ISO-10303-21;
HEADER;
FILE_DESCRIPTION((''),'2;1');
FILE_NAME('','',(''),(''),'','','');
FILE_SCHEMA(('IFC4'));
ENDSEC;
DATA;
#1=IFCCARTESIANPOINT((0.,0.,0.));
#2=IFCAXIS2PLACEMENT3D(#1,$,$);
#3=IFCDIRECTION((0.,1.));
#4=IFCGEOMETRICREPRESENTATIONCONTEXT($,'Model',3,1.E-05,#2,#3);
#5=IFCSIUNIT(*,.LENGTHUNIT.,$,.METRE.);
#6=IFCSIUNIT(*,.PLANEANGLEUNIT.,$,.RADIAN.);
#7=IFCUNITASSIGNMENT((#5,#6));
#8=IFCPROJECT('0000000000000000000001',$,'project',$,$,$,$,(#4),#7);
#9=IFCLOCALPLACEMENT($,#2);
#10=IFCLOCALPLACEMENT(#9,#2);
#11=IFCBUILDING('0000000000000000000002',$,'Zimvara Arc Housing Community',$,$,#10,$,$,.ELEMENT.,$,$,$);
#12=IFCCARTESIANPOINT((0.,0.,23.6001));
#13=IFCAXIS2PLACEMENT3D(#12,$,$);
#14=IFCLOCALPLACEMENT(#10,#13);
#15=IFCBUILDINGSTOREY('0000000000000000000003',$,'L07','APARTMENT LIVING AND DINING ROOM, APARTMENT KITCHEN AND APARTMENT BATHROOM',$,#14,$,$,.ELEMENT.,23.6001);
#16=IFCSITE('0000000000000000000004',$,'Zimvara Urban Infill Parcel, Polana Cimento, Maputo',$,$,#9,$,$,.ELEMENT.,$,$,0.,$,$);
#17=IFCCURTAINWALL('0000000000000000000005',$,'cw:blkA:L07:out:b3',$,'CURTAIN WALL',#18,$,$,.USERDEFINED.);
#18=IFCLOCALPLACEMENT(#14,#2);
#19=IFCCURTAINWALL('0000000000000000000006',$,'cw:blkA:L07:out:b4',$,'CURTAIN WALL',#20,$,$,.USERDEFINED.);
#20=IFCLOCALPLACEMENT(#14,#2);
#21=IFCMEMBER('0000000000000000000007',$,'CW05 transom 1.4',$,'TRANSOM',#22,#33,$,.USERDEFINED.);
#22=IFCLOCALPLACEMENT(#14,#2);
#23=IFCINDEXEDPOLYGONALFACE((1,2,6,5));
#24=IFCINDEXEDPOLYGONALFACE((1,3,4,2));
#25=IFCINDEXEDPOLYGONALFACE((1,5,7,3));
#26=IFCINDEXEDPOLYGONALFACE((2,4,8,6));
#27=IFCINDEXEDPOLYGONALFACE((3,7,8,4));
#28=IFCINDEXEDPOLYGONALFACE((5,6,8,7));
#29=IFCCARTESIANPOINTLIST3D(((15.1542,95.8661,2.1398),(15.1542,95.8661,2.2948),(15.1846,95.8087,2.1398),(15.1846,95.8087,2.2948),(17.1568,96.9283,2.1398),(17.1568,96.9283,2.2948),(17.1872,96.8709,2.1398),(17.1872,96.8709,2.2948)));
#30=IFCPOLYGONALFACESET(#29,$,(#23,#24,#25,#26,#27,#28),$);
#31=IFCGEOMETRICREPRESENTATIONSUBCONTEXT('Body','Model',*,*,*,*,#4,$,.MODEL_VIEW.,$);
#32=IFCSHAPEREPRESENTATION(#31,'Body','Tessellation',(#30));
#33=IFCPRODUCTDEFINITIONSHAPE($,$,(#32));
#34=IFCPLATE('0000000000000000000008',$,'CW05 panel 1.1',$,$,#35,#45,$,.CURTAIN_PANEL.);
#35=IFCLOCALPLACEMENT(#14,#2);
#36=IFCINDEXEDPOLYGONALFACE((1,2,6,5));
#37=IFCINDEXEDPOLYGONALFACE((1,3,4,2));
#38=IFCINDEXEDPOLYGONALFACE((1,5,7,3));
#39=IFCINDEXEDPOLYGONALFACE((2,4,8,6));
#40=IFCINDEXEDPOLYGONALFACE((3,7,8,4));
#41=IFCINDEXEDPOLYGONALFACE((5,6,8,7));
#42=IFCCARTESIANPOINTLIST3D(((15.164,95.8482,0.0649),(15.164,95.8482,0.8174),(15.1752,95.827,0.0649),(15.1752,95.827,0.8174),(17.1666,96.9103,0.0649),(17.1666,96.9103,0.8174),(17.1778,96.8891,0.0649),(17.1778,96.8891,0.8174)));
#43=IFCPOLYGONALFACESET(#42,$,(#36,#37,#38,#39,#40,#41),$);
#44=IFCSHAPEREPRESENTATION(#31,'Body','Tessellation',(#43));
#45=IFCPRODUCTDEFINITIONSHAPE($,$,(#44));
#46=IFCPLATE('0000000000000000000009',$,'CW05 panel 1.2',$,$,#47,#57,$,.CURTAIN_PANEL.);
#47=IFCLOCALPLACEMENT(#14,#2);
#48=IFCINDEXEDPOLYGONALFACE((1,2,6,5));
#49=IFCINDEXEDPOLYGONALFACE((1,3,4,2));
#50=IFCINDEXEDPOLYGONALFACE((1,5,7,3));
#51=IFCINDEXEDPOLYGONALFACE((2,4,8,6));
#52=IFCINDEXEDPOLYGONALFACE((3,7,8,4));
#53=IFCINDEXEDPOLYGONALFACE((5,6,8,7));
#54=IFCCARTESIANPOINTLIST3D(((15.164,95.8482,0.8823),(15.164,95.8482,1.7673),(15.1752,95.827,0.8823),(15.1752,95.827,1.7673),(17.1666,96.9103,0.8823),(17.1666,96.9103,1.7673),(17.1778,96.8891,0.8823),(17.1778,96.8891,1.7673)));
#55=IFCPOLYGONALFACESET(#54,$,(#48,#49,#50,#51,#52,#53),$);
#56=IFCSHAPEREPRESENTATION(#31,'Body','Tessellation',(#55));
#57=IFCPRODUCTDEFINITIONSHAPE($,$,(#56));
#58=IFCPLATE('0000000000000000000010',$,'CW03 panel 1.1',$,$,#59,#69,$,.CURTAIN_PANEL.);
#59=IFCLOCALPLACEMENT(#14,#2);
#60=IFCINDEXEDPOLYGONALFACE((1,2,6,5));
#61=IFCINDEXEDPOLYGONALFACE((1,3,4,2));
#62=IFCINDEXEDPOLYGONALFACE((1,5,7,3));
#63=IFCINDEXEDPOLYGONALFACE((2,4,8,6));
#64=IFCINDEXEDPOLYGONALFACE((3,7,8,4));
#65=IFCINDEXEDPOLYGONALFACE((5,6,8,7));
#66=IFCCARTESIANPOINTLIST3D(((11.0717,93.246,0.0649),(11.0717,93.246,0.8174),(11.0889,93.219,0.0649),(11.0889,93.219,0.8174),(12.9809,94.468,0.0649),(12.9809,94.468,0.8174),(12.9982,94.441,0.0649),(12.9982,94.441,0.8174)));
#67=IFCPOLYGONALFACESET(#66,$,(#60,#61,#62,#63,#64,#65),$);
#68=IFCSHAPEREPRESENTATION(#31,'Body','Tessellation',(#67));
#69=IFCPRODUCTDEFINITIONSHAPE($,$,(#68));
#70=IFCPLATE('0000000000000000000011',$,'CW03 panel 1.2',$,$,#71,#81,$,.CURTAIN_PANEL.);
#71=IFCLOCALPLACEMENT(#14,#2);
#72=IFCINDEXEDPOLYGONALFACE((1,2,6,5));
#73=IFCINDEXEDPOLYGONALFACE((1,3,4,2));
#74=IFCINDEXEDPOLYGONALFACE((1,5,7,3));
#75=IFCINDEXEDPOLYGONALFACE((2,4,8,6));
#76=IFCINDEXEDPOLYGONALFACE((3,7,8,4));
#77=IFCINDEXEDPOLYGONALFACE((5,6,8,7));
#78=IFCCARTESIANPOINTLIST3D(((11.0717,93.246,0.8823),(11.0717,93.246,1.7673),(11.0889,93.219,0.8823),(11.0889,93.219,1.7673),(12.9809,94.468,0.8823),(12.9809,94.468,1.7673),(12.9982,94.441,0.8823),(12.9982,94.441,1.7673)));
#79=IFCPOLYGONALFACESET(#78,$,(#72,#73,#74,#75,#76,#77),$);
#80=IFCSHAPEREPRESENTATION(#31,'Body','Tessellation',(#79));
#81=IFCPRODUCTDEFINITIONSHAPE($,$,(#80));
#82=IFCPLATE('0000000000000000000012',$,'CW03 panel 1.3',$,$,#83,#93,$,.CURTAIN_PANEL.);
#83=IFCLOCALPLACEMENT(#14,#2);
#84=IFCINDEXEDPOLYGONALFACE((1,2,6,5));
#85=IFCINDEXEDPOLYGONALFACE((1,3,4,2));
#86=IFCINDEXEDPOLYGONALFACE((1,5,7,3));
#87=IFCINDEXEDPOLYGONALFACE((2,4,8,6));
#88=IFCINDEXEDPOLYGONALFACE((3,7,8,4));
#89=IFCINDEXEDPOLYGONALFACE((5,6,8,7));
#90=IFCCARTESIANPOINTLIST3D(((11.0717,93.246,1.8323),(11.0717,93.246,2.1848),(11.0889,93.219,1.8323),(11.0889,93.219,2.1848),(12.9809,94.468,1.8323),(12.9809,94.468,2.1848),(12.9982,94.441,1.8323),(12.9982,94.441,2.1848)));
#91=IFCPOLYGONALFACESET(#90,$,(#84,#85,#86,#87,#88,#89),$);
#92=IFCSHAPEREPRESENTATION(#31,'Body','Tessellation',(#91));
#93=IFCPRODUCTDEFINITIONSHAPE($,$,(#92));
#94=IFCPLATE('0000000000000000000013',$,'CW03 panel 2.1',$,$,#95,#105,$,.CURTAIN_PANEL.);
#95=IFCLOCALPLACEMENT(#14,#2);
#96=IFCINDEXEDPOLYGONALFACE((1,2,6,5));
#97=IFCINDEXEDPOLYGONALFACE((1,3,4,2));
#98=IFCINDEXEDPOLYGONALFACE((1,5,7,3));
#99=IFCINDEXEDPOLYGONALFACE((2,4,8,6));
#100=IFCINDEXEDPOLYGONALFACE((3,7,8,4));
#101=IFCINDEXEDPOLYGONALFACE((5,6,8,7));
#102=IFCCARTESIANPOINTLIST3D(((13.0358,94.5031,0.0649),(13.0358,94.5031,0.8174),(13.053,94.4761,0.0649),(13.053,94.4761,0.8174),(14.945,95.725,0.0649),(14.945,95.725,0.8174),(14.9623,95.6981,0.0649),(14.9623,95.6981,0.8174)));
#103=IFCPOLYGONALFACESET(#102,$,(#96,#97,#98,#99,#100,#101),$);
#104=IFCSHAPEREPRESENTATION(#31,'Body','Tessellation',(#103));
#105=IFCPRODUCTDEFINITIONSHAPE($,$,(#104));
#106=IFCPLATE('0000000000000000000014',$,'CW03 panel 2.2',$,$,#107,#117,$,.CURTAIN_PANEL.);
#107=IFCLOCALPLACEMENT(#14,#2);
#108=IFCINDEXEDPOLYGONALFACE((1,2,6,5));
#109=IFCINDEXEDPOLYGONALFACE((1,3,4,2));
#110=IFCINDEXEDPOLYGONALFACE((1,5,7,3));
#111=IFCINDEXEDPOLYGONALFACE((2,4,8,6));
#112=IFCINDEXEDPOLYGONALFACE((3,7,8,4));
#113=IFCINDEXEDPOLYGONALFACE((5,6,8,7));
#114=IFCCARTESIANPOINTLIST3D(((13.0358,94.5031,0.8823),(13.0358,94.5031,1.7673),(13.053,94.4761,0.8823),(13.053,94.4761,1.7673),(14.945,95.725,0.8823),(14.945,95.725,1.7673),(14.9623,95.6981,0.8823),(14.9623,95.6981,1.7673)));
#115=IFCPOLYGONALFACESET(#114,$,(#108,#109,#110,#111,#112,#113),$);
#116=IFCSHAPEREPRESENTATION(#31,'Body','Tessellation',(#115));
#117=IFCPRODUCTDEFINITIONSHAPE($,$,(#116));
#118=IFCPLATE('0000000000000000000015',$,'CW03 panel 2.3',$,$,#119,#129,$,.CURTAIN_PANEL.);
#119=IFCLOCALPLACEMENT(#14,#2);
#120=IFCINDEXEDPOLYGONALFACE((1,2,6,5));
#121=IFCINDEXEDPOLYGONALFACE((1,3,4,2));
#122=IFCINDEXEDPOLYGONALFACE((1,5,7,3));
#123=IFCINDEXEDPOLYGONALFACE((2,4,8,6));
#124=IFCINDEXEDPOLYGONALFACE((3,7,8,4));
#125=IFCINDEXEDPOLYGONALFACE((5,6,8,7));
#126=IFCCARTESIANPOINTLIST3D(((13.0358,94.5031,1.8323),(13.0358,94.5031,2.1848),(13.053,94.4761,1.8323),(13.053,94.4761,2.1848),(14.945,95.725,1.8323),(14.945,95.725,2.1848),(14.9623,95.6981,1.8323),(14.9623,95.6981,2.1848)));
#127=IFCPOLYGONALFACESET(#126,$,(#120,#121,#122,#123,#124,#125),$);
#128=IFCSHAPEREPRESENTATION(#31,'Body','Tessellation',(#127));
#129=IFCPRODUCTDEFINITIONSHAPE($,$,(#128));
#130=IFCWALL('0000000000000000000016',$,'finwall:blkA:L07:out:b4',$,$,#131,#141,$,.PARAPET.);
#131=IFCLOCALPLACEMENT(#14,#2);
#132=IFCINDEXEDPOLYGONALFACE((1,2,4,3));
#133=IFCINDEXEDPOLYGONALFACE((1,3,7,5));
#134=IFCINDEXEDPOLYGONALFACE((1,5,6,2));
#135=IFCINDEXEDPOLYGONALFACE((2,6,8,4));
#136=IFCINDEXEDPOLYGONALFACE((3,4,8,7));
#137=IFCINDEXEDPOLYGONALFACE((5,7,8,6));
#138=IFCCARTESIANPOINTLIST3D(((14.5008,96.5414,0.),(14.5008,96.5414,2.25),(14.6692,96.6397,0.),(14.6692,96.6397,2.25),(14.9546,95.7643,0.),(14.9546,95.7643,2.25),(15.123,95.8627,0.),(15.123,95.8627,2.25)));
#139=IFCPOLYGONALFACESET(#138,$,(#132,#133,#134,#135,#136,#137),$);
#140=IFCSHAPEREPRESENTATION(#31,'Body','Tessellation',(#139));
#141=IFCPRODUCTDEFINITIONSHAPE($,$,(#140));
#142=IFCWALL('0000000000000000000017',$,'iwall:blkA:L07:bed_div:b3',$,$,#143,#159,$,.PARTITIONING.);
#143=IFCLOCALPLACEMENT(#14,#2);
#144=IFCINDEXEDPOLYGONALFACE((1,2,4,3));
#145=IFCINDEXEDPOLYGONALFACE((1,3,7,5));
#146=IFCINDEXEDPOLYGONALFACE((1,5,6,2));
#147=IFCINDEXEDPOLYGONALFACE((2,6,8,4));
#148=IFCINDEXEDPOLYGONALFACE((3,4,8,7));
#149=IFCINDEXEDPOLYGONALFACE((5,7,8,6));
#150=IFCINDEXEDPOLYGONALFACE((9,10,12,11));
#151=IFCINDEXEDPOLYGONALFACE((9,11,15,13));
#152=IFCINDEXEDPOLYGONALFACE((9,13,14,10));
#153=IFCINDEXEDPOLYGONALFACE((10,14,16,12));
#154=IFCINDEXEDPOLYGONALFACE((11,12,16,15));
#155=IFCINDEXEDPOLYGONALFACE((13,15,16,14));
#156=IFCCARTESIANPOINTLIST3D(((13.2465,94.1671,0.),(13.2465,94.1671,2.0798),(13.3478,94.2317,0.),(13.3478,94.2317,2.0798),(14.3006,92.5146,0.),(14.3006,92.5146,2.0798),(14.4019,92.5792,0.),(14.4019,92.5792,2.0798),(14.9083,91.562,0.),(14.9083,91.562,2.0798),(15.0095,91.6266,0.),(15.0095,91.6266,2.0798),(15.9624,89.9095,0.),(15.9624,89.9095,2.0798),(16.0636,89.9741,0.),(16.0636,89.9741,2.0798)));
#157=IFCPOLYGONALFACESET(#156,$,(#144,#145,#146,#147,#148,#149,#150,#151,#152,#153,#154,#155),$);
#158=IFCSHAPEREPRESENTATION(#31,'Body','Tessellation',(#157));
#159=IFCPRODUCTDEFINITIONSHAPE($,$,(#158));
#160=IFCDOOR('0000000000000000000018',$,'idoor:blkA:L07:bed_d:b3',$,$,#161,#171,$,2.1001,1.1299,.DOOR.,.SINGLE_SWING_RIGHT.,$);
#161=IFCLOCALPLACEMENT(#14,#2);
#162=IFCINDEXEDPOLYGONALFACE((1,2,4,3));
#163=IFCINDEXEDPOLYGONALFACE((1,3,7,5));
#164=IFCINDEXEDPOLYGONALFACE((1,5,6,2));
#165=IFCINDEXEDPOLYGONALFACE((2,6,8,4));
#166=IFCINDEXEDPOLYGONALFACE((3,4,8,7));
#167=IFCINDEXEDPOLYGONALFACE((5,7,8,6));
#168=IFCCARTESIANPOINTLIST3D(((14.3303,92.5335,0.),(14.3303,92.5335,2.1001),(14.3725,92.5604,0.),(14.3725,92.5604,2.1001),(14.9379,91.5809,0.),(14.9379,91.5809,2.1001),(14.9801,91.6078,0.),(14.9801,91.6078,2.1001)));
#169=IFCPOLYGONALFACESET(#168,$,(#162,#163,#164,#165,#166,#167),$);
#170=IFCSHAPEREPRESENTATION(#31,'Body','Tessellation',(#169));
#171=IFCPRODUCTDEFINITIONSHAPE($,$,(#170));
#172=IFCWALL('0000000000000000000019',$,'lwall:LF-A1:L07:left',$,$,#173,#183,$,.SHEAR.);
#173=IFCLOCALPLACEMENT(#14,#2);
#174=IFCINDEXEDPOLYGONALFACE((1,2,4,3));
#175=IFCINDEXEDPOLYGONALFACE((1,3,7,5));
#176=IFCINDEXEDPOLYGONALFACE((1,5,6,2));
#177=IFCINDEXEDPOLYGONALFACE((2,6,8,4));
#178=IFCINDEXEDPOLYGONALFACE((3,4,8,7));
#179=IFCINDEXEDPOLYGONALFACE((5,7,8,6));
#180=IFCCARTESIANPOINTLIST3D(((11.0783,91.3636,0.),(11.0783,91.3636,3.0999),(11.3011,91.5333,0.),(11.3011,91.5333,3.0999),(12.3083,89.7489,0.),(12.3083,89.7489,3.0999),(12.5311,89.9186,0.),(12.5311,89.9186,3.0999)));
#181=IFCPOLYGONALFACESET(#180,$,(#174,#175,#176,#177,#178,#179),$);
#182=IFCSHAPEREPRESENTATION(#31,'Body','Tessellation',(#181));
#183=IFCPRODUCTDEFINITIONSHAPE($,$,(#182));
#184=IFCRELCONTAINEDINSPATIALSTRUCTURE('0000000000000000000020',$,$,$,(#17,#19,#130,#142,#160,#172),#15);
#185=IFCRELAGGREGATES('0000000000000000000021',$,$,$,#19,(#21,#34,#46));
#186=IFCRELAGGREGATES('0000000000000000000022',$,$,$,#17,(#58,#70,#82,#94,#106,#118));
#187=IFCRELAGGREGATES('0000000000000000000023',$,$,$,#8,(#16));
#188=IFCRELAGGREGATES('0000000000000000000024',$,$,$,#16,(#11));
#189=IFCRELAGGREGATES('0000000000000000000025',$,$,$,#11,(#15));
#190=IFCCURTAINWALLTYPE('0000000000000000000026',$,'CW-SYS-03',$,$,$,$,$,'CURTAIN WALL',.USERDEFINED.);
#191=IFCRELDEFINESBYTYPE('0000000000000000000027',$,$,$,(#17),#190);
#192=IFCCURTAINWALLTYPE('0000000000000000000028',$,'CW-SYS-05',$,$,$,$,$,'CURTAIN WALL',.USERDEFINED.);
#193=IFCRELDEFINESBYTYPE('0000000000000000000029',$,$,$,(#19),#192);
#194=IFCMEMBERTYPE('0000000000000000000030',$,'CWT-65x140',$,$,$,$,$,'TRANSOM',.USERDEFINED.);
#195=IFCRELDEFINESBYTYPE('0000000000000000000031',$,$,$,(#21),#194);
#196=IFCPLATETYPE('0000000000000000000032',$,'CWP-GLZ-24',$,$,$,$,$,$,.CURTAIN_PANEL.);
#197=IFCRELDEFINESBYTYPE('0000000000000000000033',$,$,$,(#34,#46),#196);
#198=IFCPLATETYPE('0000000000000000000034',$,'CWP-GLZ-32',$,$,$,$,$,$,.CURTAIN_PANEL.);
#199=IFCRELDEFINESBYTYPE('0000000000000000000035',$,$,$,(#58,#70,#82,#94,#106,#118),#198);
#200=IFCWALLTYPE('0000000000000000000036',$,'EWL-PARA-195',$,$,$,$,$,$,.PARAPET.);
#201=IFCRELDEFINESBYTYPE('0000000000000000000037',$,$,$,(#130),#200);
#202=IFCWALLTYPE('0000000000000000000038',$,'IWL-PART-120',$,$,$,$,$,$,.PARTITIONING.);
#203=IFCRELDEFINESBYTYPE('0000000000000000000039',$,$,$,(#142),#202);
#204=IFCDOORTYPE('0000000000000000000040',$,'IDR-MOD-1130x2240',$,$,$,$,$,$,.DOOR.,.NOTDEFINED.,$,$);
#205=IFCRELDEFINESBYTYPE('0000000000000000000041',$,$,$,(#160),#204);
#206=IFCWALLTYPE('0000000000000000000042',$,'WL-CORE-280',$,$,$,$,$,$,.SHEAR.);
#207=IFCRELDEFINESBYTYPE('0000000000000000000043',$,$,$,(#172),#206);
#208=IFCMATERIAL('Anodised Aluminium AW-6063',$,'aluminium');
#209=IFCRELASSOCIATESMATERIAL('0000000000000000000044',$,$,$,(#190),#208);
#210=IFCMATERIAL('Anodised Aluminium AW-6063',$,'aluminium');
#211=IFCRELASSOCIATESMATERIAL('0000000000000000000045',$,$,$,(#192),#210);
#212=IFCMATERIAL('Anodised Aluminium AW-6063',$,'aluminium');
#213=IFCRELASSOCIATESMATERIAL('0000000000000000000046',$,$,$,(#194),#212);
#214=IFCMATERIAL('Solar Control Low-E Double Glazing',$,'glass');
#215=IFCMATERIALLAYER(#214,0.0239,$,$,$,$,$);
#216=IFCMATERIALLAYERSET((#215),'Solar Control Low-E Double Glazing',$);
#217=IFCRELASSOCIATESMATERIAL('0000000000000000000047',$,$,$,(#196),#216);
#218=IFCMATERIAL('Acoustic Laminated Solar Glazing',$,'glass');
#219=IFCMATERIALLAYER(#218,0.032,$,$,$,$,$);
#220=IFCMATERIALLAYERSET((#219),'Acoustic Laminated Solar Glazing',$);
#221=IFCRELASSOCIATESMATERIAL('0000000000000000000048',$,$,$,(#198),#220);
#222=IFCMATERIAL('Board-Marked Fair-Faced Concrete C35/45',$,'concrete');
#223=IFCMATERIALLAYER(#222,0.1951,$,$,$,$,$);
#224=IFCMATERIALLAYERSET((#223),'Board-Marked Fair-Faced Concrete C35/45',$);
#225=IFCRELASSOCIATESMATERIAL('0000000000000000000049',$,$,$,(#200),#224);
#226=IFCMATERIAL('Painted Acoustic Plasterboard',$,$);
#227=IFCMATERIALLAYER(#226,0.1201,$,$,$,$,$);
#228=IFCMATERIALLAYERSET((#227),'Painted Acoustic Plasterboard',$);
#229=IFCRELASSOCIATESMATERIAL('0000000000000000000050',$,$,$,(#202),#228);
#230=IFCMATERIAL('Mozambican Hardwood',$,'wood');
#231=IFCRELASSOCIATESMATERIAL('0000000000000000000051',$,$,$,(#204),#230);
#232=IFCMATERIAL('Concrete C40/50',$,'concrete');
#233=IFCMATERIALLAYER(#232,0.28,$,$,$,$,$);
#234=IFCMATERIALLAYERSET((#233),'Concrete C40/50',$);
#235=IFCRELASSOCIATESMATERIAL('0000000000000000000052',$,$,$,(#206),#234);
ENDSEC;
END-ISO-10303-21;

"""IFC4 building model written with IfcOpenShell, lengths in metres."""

from ifc_helpers import new_model, si_unit, direction, frame, frame_2d, origin, origin_2d, place, context, subcontext, project, spatial, rectangle, extrude, material, layer, layer_set, material_profile, profile_set, type_object, element, fill, aggregate, save


model = new_model("IFC4")

# Units and contexts
model_context = context("Model", 3, precision=1e-05, world=origin(), true_north=direction((0.0, 1.0)))
body_context = subcontext(model_context, "Body", "Model", "MODEL_VIEW")
ifc_project = project(units=[si_unit("LENGTHUNIT", "METRE"), si_unit("PLANEANGLEUNIT", "RADIAN")], contexts=[model_context])

# Site, building, storey
site_placement = place(None, origin())
site = spatial("IfcSite", under=ifc_project, at=site_placement, Name="Zimvara Urban Infill Parcel, Polana Cimento, Maputo", CompositionType="ELEMENT", RefElevation=0.0)
building_placement = place(site_placement, origin())
building = spatial("IfcBuilding", under=site, at=building_placement, Name="Zimvara Arc Housing Community", CompositionType="ELEMENT")
storey_placement = place(building_placement, frame((0.0, 0.0, 23.6001)))
storey = spatial("IfcBuildingStorey", under=building, at=storey_placement, Name="L07", Description="APARTMENT LIVING AND DINING ROOM, APARTMENT KITCHEN AND APARTMENT BATHROOM", CompositionType="ELEMENT", Elevation=23.6001)

# Curtain wall
ifc_material_1 = material(Name="Anodised Aluminium AW-6063", Category="aluminium")
curtain_wall_type_1 = type_object("IfcCurtainWallType", Name="CW-SYS-03", ElementType="CURTAIN WALL", PredefinedType="USERDEFINED", material=ifc_material_1)
curtain_wall_1_placement = place(storey_placement, origin())
curtain_wall_1 = element("IfcCurtainWall", 1, at=curtain_wall_1_placement, inside=storey, type_object=curtain_wall_type_1, Name="cw:blkA:L07:out:b3", ObjectType="CURTAIN WALL", PredefinedType="USERDEFINED")

# Curtain wall
ifc_material_2 = material(Name="Anodised Aluminium AW-6063", Category="aluminium")
curtain_wall_type_2 = type_object("IfcCurtainWallType", Name="CW-SYS-05", ElementType="CURTAIN WALL", PredefinedType="USERDEFINED", material=ifc_material_2)
curtain_wall_2_placement = place(storey_placement, origin())
curtain_wall_2 = element("IfcCurtainWall", 2, at=curtain_wall_2_placement, inside=storey, type_object=curtain_wall_type_2, Name="cw:blkA:L07:out:b4", ObjectType="CURTAIN WALL", PredefinedType="USERDEFINED")

# Member
ifc_material_3 = material(Name="Anodised Aluminium AW-6063", Category="aluminium")
ifc_material_profile_1 = material_profile(ifc_material_3, rectangle(XDim=0.0649, YDim=0.155, at=origin_2d()), Name="ALU 65x155")
ifc_profile_set_1 = profile_set([ifc_material_profile_1], Name="Anodised Aluminium AW-6063")
member_type_1 = type_object("IfcMemberType", Name="CWT-65x140", ElementType="TRANSOM", PredefinedType="USERDEFINED", material=ifc_profile_set_1)
member_1_placement = place(storey_placement, frame((15.1694, 95.8374, 2.2173), z_axis=(0.883421, 0.46858, 0.0), x_axis=(-0.46858, 0.883421, 0.0)))
member_1 = element("IfcMember", 3, at=member_1_placement, type_object=member_type_1, Name="CW05 transom 1.4", ObjectType="TRANSOM", PredefinedType="USERDEFINED", context=body_context, shape_type="SweptSolid", body=[
    extrude(rectangle(XDim=0.0649, YDim=0.155, at=origin_2d()), origin(), (0.0, 0.0, 1.0), 2.2668),
])

# Plates
ifc_material_4 = material(Name="Solar Control Low-E Double Glazing", Category="glass")
ifc_layer_1 = layer(ifc_material_4, 0.0239)
ifc_layer_set_1 = layer_set([ifc_layer_1], Name="Solar Control Low-E Double Glazing")
plate_type_1 = type_object("IfcPlateType", Name="CWP-GLZ-24", PredefinedType="CURTAIN_PANEL", material=ifc_layer_set_1)
plate_1_placement = place(storey_placement, frame((16.1709, 96.3687, 0.0649), z_axis=(0.0, 0.0, 1.0), x_axis=(0.883439, 0.468547, 0.0)))
plate_1 = element("IfcPlate", 4, at=plate_1_placement, type_object=plate_type_1, Name="CW05 panel 1.1", PredefinedType="CURTAIN_PANEL", context=body_context, shape_type="SweptSolid", body=[
    extrude(rectangle(XDim=2.2668, YDim=0.0239, at=origin_2d()), origin(), (0.0, 0.0, 1.0), 0.7524),
])
plate_2_placement = place(storey_placement, frame((16.1709, 96.3687, 0.8823), z_axis=(0.0, 0.0, 1.0), x_axis=(0.883439, 0.468547, 0.0)))
plate_2 = element("IfcPlate", 5, at=plate_2_placement, type_object=plate_type_1, Name="CW05 panel 1.2", PredefinedType="CURTAIN_PANEL", context=body_context, shape_type="SweptSolid", body=[
    extrude(rectangle(XDim=2.2668, YDim=0.0239, at=origin_2d()), origin(), (0.0, 0.0, 1.0), 0.885),
])
aggregate(curtain_wall_2, [member_1, plate_1, plate_2])
ifc_material_5 = material(Name="Acoustic Laminated Solar Glazing", Category="glass")
ifc_layer_2 = layer(ifc_material_5, 0.032)
ifc_layer_set_2 = layer_set([ifc_layer_2], Name="Acoustic Laminated Solar Glazing")
plate_type_2 = type_object("IfcPlateType", Name="CWP-GLZ-32", PredefinedType="CURTAIN_PANEL", material=ifc_layer_set_2)
plate_3_placement = place(storey_placement, frame((12.0349, 93.8435, 0.0649), z_axis=(0.0, 0.0, 1.0), x_axis=(0.842264, 0.539065, 0.0)))
plate_3 = element("IfcPlate", 6, at=plate_3_placement, type_object=plate_type_2, Name="CW03 panel 1.1", PredefinedType="CURTAIN_PANEL", context=body_context, shape_type="SweptSolid", body=[
    extrude(rectangle(XDim=2.2668, YDim=0.032, at=origin_2d()), origin(), (0.0, 0.0, 1.0), 0.7524),
])
plate_4_placement = place(storey_placement, frame((12.0349, 93.8435, 0.8823), z_axis=(0.0, 0.0, 1.0), x_axis=(0.842264, 0.539065, 0.0)))
plate_4 = element("IfcPlate", 7, at=plate_4_placement, type_object=plate_type_2, Name="CW03 panel 1.2", PredefinedType="CURTAIN_PANEL", context=body_context, shape_type="SweptSolid", body=[
    extrude(rectangle(XDim=2.2668, YDim=0.032, at=origin_2d()), origin(), (0.0, 0.0, 1.0), 0.885),
])
plate_5_placement = place(storey_placement, frame((12.0349, 93.8435, 1.8323), z_axis=(0.0, 0.0, 1.0), x_axis=(0.842264, 0.539065, 0.0)))
plate_5 = element("IfcPlate", 8, at=plate_5_placement, type_object=plate_type_2, Name="CW03 panel 1.3", PredefinedType="CURTAIN_PANEL", context=body_context, shape_type="SweptSolid", body=[
    extrude(rectangle(XDim=2.2668, YDim=0.032, at=origin_2d()), origin(), (0.0, 0.0, 1.0), 0.3525),
])
plate_6_placement = place(storey_placement, frame((13.999, 95.1006, 0.0649), z_axis=(0.0, 0.0, 1.0), x_axis=(0.842264, 0.539065, 0.0)))
plate_6 = element("IfcPlate", 9, at=plate_6_placement, type_object=plate_type_2, Name="CW03 panel 2.1", PredefinedType="CURTAIN_PANEL", context=body_context, shape_type="SweptSolid", body=[
    extrude(rectangle(XDim=2.2668, YDim=0.032, at=origin_2d()), origin(), (0.0, 0.0, 1.0), 0.7524),
])
plate_7_placement = place(storey_placement, frame((13.999, 95.1006, 0.8823), z_axis=(0.0, 0.0, 1.0), x_axis=(0.842264, 0.539065, 0.0)))
plate_7 = element("IfcPlate", 10, at=plate_7_placement, type_object=plate_type_2, Name="CW03 panel 2.2", PredefinedType="CURTAIN_PANEL", context=body_context, shape_type="SweptSolid", body=[
    extrude(rectangle(XDim=2.2668, YDim=0.032, at=origin_2d()), origin(), (0.0, 0.0, 1.0), 0.885),
])
plate_8_placement = place(storey_placement, frame((13.999, 95.1006, 1.8323), z_axis=(0.0, 0.0, 1.0), x_axis=(0.842264, 0.539065, 0.0)))
plate_8 = element("IfcPlate", 11, at=plate_8_placement, type_object=plate_type_2, Name="CW03 panel 2.3", PredefinedType="CURTAIN_PANEL", context=body_context, shape_type="SweptSolid", body=[
    extrude(rectangle(XDim=2.2668, YDim=0.032, at=origin_2d()), origin(), (0.0, 0.0, 1.0), 0.3525),
])
aggregate(curtain_wall_1, [plate_3, plate_4, plate_5, plate_6, plate_7, plate_8])

# Wall
ifc_material_6 = material(Name="Board-Marked Fair-Faced Concrete C35/45", Category="concrete")
ifc_layer_3 = layer(ifc_material_6, 0.1951)
ifc_layer_set_3 = layer_set([ifc_layer_3], Name="Board-Marked Fair-Faced Concrete C35/45")
wall_type_1 = type_object("IfcWallType", Name="EWL-PARA-195", PredefinedType="PARAPET", material=ifc_layer_set_3)
wall_1_placement = place(storey_placement, frame((15.0388, 95.8135, 0.0), z_axis=(0.0, 0.0, 1.0), x_axis=(-0.504326, 0.863513, 0.0)))
element("IfcWall", 12, at=wall_1_placement, inside=storey, type_object=wall_type_1, Name="finwall:blkA:L07:out:b4", PredefinedType="PARAPET", context=body_context, shape_type="SweptSolid", body=[
    extrude(rectangle(XDim=0.8999, YDim=0.1951, at=frame_2d((0.45, 0.0))), origin(), (0.0, 0.0, 1.0), 2.25),
])

# Wall, opening, door
ifc_material_7 = material(Name="Painted Acoustic Plasterboard")
ifc_layer_4 = layer(ifc_material_7, 0.1201)
ifc_layer_set_4 = layer_set([ifc_layer_4], Name="Painted Acoustic Plasterboard")
wall_type_2 = type_object("IfcWallType", Name="IWL-PART-120", PredefinedType="PARTITIONING", material=ifc_layer_set_4)
wall_2_placement = place(storey_placement, frame((16.0129, 89.9419, 0.0), z_axis=(0.0, 0.0, 1.0), x_axis=(-0.537785, 0.843082, 0.0)))
wall_2 = element("IfcWall", 13, at=wall_2_placement, inside=storey, type_object=wall_type_2, Name="iwall:blkA:L07:bed_div:b3", PredefinedType="PARTITIONING", context=body_context, shape_type="SweptSolid", body=[
    extrude(rectangle(XDim=5.05, YDim=0.1201, at=frame_2d((2.5249, 0.0))), origin(), (0.0, 0.0, 1.0), 2.0798),
])
opening_1_placement = place(wall_2_placement, frame((1.96, 0.0, 0.0)))
opening_1 = element("IfcOpeningElement", 14, at=opening_1_placement, cuts=wall_2, PredefinedType="OPENING", context=body_context, shape_type="SweptSolid", body=[
    extrude(rectangle(XDim=1.1299, YDim=2.1001, at=frame_2d((0.5649, 1.05))), frame((0.0, 0.0701, 0.0), z_axis=(0.0, -1.0, 0.0), x_axis=(1.0, 0.0, 0.0)), (0.0, 0.0, 1.0), 0.1401),
])
ifc_material_8 = material(Name="Mozambican Hardwood", Category="wood")
door_type_1 = type_object("IfcDoorType", Name="IDR-MOD-1130x2240", OperationType="NOTDEFINED", PredefinedType="DOOR", material=ifc_material_8)
door_1_placement = place(opening_1_placement, origin())
door_1 = element("IfcDoor", 15, at=door_1_placement, inside=storey, type_object=door_type_1, Name="idoor:blkA:L07:bed_d:b3", OperationType="SINGLE_SWING_RIGHT", OverallHeight=2.1001, OverallWidth=1.1299, PredefinedType="DOOR", context=body_context, shape_type="SweptSolid", body=[
    extrude(rectangle(XDim=1.1299, YDim=2.1001, at=frame_2d((0.5649, 1.05))), frame((0.0, 0.0249, 0.0), z_axis=(0.0, -1.0, 0.0), x_axis=(1.0, 0.0, 0.0)), (0.0, 0.0, 1.0), 0.05),
])
fill(opening_1, door_1)
ifc_material_9 = material(Name="Concrete C40/50", Category="concrete")
ifc_layer_5 = layer(ifc_material_9, 0.28)
ifc_layer_set_5 = layer_set([ifc_layer_5], Name="Concrete C40/50")
wall_type_3 = type_object("IfcWallType", Name="WL-CORE-280", PredefinedType="SHEAR", material=ifc_layer_set_5)

# Wall
wall_3_placement = place(storey_placement, frame((12.4197, 89.8337, 0.0), z_axis=(0.0, 0.0, 1.0), x_axis=(-0.605949, 0.795504, 0.0)))
element("IfcWall", 16, at=wall_3_placement, inside=storey, type_object=wall_type_3, Name="lwall:LF-A1:L07:left", PredefinedType="SHEAR", context=body_context, shape_type="SweptSolid", body=[
    extrude(rectangle(XDim=2.0298, YDim=0.28, at=frame_2d((1.0149, 0.0))), origin(), (0.0, 0.0, 1.0), 3.0999),
])

save(model, "model.ifc")
